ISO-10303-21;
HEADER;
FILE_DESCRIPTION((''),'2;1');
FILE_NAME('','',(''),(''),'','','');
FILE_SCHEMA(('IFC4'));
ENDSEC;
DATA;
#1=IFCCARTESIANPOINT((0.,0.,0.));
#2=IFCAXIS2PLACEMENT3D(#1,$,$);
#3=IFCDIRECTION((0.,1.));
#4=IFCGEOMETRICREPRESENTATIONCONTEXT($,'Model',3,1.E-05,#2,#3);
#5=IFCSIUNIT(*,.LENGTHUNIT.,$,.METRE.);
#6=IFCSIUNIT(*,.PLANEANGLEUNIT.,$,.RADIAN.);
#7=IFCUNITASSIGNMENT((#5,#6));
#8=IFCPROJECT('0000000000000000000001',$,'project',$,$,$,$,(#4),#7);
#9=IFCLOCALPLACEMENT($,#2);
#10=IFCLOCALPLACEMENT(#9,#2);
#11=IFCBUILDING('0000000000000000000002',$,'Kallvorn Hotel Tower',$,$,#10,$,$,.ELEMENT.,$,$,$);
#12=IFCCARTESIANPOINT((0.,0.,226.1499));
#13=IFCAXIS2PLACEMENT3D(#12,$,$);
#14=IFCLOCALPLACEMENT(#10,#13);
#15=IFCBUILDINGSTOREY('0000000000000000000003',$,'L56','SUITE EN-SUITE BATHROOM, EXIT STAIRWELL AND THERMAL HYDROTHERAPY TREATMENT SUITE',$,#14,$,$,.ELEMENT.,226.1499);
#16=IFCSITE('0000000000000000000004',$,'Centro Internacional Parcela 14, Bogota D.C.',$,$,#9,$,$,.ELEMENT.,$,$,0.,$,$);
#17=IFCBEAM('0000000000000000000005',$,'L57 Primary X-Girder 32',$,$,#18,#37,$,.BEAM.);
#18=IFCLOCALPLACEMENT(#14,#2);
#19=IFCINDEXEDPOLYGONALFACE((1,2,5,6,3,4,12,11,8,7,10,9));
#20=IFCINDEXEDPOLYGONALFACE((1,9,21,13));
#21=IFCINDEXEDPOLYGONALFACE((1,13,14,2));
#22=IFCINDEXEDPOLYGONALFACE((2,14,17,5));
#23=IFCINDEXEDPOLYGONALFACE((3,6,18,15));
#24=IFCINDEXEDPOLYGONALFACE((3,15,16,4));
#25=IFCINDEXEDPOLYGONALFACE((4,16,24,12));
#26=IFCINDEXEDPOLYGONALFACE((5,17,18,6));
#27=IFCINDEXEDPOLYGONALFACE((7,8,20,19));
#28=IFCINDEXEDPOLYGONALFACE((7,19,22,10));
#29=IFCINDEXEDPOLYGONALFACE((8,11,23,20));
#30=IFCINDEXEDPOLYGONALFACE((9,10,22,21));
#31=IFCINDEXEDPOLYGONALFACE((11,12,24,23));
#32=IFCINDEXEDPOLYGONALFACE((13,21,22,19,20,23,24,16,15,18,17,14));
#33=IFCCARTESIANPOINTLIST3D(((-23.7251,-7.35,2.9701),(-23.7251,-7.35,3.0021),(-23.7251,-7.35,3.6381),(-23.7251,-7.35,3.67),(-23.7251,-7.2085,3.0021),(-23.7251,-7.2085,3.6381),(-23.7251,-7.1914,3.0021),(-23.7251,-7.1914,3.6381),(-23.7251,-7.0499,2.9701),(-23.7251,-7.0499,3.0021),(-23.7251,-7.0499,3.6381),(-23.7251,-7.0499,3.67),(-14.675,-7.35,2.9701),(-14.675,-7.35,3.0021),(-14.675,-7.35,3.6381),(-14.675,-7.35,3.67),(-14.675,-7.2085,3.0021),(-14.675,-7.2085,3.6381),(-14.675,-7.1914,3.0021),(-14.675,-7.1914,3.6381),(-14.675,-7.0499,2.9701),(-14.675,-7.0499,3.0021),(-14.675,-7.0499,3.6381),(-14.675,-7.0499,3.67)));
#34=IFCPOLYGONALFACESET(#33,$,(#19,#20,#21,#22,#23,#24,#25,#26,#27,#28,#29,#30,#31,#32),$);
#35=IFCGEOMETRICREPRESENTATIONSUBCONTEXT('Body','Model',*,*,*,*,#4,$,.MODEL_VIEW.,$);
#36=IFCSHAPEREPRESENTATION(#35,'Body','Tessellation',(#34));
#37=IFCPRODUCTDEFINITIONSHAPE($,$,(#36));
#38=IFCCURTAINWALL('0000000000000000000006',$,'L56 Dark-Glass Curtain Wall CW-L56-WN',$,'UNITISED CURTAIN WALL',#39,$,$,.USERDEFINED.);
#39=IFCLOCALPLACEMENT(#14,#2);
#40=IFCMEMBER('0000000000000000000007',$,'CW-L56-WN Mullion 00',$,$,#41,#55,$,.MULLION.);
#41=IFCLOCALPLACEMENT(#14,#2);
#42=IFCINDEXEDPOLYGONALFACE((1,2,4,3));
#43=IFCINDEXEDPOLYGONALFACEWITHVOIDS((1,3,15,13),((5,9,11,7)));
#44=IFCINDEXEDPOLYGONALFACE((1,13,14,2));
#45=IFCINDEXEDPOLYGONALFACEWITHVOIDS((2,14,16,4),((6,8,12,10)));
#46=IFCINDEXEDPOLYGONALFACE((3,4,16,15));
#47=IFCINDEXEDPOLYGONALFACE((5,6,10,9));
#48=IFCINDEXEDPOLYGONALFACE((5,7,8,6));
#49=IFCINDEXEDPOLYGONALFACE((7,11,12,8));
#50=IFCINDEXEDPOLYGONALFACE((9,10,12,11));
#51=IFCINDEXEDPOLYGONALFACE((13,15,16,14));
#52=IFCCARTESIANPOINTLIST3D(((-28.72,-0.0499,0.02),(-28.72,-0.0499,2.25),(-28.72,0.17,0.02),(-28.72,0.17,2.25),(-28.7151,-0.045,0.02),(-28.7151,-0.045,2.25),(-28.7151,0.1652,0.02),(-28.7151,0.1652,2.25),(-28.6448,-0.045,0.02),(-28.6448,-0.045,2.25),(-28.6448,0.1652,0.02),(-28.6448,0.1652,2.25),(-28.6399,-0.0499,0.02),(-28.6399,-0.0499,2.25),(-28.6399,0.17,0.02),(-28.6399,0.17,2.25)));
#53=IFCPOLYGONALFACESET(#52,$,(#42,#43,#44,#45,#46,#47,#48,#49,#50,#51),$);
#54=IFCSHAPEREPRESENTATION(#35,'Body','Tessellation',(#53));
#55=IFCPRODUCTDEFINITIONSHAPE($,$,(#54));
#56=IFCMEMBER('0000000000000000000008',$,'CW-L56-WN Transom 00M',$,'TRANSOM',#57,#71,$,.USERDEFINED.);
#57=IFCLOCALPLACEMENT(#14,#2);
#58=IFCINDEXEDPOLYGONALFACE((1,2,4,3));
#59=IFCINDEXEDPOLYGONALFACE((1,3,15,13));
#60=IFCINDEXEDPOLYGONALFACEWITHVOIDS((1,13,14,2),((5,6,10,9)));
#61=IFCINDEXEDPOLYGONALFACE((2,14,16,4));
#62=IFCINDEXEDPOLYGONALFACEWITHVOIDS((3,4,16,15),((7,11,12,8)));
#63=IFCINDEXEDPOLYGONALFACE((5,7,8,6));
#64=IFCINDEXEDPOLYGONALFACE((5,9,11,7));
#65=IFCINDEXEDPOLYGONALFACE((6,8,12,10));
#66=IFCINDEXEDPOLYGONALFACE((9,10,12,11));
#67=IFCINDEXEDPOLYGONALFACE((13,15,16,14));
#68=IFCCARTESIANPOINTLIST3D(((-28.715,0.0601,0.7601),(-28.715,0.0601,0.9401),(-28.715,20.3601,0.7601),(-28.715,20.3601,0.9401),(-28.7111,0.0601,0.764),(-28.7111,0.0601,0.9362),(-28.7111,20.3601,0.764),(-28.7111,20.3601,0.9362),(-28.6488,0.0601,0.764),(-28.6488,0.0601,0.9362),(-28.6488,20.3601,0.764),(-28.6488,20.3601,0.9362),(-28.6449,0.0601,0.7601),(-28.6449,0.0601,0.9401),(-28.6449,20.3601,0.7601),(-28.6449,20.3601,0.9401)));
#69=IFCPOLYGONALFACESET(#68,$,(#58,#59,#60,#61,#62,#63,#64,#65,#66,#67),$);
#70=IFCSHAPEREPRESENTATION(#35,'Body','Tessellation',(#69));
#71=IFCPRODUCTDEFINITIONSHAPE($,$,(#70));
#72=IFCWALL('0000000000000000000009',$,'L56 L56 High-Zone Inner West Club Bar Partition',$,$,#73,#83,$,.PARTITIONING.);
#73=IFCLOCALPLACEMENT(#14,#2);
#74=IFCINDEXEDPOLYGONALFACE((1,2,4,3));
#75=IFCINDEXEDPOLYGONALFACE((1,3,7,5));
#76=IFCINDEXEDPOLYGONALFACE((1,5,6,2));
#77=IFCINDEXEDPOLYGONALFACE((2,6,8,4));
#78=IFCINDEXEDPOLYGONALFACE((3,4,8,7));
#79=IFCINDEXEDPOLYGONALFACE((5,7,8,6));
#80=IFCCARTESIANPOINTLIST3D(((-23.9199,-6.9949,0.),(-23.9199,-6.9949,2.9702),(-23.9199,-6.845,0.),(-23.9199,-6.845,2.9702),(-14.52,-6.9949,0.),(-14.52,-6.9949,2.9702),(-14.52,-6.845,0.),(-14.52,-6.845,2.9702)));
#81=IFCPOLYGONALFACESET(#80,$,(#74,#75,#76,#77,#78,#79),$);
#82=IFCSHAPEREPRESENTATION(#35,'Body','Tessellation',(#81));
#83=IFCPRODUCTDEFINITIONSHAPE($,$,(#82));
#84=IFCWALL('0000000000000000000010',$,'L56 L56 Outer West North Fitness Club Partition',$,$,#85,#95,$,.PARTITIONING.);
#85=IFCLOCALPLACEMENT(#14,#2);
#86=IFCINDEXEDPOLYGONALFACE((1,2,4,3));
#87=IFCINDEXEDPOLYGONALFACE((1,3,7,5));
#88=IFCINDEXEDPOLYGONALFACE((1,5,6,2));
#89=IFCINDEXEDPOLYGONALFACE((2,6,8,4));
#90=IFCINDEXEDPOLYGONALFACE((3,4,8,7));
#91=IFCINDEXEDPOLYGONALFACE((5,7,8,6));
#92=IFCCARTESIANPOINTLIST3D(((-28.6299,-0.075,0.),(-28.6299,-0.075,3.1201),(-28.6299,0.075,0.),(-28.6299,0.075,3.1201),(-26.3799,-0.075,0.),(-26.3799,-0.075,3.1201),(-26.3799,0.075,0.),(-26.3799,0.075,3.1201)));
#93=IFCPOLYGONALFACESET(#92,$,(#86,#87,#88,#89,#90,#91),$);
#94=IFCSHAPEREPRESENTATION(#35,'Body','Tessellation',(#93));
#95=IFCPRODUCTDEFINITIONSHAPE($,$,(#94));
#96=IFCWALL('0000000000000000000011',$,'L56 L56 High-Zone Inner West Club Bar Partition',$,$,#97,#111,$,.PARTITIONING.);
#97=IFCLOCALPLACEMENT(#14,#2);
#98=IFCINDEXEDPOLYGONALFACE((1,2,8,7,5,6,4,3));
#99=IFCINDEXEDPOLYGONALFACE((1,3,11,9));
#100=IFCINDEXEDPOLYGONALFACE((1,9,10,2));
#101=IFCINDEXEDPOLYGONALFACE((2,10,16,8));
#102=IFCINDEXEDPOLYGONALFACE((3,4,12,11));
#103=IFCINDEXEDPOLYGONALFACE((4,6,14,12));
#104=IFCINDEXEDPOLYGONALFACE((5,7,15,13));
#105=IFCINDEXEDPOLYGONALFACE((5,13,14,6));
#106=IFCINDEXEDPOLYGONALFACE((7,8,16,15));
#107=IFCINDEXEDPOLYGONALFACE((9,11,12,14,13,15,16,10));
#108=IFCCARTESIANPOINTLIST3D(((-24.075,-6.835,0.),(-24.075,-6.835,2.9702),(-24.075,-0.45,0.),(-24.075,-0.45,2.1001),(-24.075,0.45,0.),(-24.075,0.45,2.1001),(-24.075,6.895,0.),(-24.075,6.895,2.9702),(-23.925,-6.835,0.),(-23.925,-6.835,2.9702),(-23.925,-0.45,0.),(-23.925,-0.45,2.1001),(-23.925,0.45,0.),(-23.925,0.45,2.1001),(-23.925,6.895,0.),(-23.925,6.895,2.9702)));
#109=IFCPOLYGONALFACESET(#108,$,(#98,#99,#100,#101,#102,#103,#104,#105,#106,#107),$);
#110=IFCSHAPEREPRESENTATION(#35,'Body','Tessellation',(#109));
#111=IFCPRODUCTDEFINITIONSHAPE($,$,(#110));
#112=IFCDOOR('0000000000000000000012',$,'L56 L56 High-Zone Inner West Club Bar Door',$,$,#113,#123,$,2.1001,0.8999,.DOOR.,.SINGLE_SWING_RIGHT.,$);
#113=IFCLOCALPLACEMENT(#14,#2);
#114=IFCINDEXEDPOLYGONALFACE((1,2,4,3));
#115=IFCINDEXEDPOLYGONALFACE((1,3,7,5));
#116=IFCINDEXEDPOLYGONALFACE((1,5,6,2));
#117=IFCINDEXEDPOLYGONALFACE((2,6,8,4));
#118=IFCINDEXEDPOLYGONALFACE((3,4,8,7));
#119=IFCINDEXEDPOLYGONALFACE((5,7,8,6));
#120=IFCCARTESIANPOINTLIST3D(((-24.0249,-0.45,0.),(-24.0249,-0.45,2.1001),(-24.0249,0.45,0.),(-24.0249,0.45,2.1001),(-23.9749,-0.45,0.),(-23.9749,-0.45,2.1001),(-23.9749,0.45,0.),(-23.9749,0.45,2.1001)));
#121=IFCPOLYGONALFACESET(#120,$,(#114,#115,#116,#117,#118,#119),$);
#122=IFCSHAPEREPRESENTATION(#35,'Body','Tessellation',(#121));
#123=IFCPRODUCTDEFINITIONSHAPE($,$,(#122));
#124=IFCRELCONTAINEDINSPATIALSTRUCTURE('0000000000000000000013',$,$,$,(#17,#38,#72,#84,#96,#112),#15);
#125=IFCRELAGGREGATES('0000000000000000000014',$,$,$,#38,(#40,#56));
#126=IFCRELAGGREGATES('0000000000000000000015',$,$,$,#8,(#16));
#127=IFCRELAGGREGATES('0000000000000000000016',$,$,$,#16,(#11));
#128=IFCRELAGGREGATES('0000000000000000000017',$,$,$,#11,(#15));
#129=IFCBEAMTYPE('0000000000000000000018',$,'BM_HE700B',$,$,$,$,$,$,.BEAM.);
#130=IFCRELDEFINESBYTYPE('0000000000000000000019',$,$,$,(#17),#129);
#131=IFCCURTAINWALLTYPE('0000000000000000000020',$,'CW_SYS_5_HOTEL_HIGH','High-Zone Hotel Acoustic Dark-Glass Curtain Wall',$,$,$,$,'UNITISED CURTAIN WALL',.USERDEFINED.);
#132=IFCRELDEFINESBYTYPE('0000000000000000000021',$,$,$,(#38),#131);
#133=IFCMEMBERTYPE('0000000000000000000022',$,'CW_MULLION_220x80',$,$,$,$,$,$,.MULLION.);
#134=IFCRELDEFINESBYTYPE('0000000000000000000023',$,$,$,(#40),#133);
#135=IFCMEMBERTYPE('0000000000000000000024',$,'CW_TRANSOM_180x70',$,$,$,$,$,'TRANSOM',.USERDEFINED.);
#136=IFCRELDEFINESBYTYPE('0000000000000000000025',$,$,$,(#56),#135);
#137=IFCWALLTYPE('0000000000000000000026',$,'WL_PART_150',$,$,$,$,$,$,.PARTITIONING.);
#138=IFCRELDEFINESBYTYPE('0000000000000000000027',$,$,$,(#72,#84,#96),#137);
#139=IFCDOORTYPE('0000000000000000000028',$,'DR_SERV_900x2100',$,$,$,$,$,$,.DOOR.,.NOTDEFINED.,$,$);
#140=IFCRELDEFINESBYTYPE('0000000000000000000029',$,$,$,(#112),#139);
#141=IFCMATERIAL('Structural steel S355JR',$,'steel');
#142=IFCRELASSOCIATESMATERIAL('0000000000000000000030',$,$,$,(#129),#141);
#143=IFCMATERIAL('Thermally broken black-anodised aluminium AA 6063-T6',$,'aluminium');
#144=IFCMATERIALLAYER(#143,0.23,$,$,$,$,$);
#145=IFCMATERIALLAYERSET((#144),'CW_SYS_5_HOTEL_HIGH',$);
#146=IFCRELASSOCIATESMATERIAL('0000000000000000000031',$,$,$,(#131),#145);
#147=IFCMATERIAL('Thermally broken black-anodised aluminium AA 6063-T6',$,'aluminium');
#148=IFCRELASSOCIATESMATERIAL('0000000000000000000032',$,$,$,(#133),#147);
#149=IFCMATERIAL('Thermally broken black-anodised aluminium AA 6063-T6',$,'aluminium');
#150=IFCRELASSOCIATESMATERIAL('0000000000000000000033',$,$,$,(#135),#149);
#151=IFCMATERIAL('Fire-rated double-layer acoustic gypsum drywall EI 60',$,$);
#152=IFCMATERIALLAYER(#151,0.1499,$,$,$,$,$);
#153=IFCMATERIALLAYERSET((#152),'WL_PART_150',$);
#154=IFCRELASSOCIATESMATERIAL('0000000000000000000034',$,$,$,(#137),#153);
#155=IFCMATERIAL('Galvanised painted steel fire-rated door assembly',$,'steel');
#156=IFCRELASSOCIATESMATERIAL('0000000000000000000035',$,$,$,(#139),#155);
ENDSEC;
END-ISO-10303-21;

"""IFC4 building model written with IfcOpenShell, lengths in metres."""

from ifc_helpers import new_model, si_unit, direction, frame, frame_2d, origin, origin_2d, place, context, subcontext, project, spatial, rectangle, hollow_rectangle, i_section, extrude, material, layer, layer_set, material_profile, profile_set, type_object, element, fill, aggregate, save


model = new_model("IFC4")

# Units and contexts
model_context = context("Model", 3, precision=1e-05, world=origin(), true_north=direction((0.0, 1.0)))
body_context = subcontext(model_context, "Body", "Model", "MODEL_VIEW")
ifc_project = project(units=[si_unit("LENGTHUNIT", "METRE"), si_unit("PLANEANGLEUNIT", "RADIAN")], contexts=[model_context])

# Site, building, storey
site_placement = place(None, origin())
site = spatial("IfcSite", under=ifc_project, at=site_placement, Name="Centro Internacional Parcela 14, Bogota D.C.", CompositionType="ELEMENT", RefElevation=0.0)
building_placement = place(site_placement, origin())
building = spatial("IfcBuilding", under=site, at=building_placement, Name="Kallvorn Hotel Tower", CompositionType="ELEMENT")
storey_placement = place(building_placement, frame((0.0, 0.0, 226.1499)))
storey = spatial("IfcBuildingStorey", under=building, at=storey_placement, Name="L56", Description="SUITE EN-SUITE BATHROOM, EXIT STAIRWELL AND THERMAL HYDROTHERAPY TREATMENT SUITE", CompositionType="ELEMENT", Elevation=226.1499)

# Beam
ifc_material_1 = material(Name="Structural steel S355JR", Category="steel")
ifc_material_profile_1 = material_profile(ifc_material_1, i_section(OverallWidth=0.3, OverallDepth=0.7, WebThickness=0.0171, FlangeThickness=0.032, at=origin_2d()), Name="HE 700 B")
ifc_profile_set_1 = profile_set([ifc_material_profile_1], Name="Structural steel S355JR")
beam_type_1 = type_object("IfcBeamType", Name="BM_HE700B", PredefinedType="BEAM", material=ifc_profile_set_1)
beam_1_placement = place(storey_placement, frame((-23.7251, -7.2, 3.3201), z_axis=(1.0, 0.0, 0.0), x_axis=(0.0, 1.0, 0.0)))
element("IfcBeam", 1, at=beam_1_placement, inside=storey, type_object=beam_type_1, Name="L57 Primary X-Girder 32", PredefinedType="BEAM", context=body_context, shape_type="SweptSolid", body=[
    extrude(i_section(OverallWidth=0.3, OverallDepth=0.7, WebThickness=0.0171, FlangeThickness=0.032, at=origin_2d()), origin(), (0.0, 0.0, 1.0), 9.05),
])

# Curtain wall, members
ifc_material_2 = material(Name="Thermally broken black-anodised aluminium AA 6063-T6", Category="aluminium")
ifc_layer_1 = layer(ifc_material_2, 0.23)
ifc_layer_set_1 = layer_set([ifc_layer_1], Name="CW_SYS_5_HOTEL_HIGH")
curtain_wall_type = type_object("IfcCurtainWallType", Name="CW_SYS_5_HOTEL_HIGH", Description="High-Zone Hotel Acoustic Dark-Glass Curtain Wall", ElementType="UNITISED CURTAIN WALL", PredefinedType="USERDEFINED", material=ifc_layer_set_1)
curtain_wall_placement = place(storey_placement, origin())
curtain_wall = element("IfcCurtainWall", 2, at=curtain_wall_placement, inside=storey, type_object=curtain_wall_type, Name="L56 Dark-Glass Curtain Wall CW-L56-WN", ObjectType="UNITISED CURTAIN WALL", PredefinedType="USERDEFINED")
ifc_material_3 = material(Name="Thermally broken black-anodised aluminium AA 6063-T6", Category="aluminium")
ifc_material_profile_2 = material_profile(ifc_material_3, hollow_rectangle(XDim=0.0801, YDim=0.22, WallThickness=0.0049, at=origin_2d()), Name="MUL 220x80")
ifc_profile_set_2 = profile_set([ifc_material_profile_2], Name="Thermally broken black-anodised aluminium AA 6063-T6")
member_type_1 = type_object("IfcMemberType", Name="CW_MULLION_220x80", PredefinedType="MULLION", material=ifc_profile_set_2)
member_1_placement = place(storey_placement, frame((-28.6799, 0.0601, 0.02), z_axis=(0.0, 0.0, 1.0), x_axis=(1.0, 0.0, 0.0)))
member_1 = element("IfcMember", 3, at=member_1_placement, type_object=member_type_1, Name="CW-L56-WN Mullion 00", PredefinedType="MULLION", context=body_context, shape_type="SweptSolid", body=[
    extrude(hollow_rectangle(XDim=0.0801, YDim=0.22, WallThickness=0.0049, at=origin_2d()), origin(), (0.0, 0.0, 1.0), 2.23),
])
ifc_material_4 = material(Name="Thermally broken black-anodised aluminium AA 6063-T6", Category="aluminium")
ifc_material_profile_3 = material_profile(ifc_material_4, hollow_rectangle(XDim=0.0701, YDim=0.1799, WallThickness=0.0039, at=origin_2d()), Name="TRN 180x70")
ifc_profile_set_3 = profile_set([ifc_material_profile_3], Name="Thermally broken black-anodised aluminium AA 6063-T6")
member_type_2 = type_object("IfcMemberType", Name="CW_TRANSOM_180x70", ElementType="TRANSOM", PredefinedType="USERDEFINED", material=ifc_profile_set_3)
member_2_placement = place(storey_placement, frame((-28.6799, 0.0601, 0.8501), z_axis=(0.0, 1.0, 0.0), x_axis=(-1.0, 0.0, 0.0)))
member_2 = element("IfcMember", 4, at=member_2_placement, type_object=member_type_2, Name="CW-L56-WN Transom 00M", ObjectType="TRANSOM", PredefinedType="USERDEFINED", context=body_context, shape_type="SweptSolid", body=[
    extrude(hollow_rectangle(XDim=0.0701, YDim=0.1799, WallThickness=0.0039, at=origin_2d()), origin(), (0.0, 0.0, 1.0), 20.3),
])
aggregate(curtain_wall, [member_1, member_2])

# Walls
ifc_material_5 = material(Name="Fire-rated double-layer acoustic gypsum drywall EI 60")
ifc_layer_2 = layer(ifc_material_5, 0.1499)
ifc_layer_set_2 = layer_set([ifc_layer_2], Name="WL_PART_150")
wall_type = type_object("IfcWallType", Name="WL_PART_150", PredefinedType="PARTITIONING", material=ifc_layer_set_2)
wall_1_placement = place(storey_placement, frame((-23.9199, -6.9199, 0.0), z_axis=(0.0, 0.0, 1.0), x_axis=(1.0, 0.0, 0.0)))
element("IfcWall", 5, at=wall_1_placement, inside=storey, type_object=wall_type, Name="L56 L56 High-Zone Inner West Club Bar Partition", PredefinedType="PARTITIONING", context=body_context, shape_type="SweptSolid", body=[
    extrude(rectangle(XDim=9.3999, YDim=0.1499, at=frame_2d((4.7, 0.0))), origin(), (0.0, 0.0, 1.0), 2.9702),
])
wall_2_placement = place(storey_placement, frame((-28.6299, 0.0, 0.0), z_axis=(0.0, 0.0, 1.0), x_axis=(1.0, 0.0, 0.0)))
element("IfcWall", 6, at=wall_2_placement, inside=storey, type_object=wall_type, Name="L56 L56 Outer West North Fitness Club Partition", PredefinedType="PARTITIONING", context=body_context, shape_type="SweptSolid", body=[
    extrude(rectangle(XDim=2.25, YDim=0.1499, at=frame_2d((1.125, 0.0))), origin(), (0.0, 0.0, 1.0), 3.1201),
])

# Wall, opening, door
wall_3_placement = place(storey_placement, frame((-24.0, -6.835, 0.0), z_axis=(0.0, 0.0, 1.0), x_axis=(0.0, 1.0, 0.0)))
wall_3 = element("IfcWall", 7, at=wall_3_placement, inside=storey, type_object=wall_type, Name="L56 L56 High-Zone Inner West Club Bar Partition", PredefinedType="PARTITIONING", context=body_context, shape_type="SweptSolid", body=[
    extrude(rectangle(XDim=13.73, YDim=0.1499, at=frame_2d((6.865, 0.0))), origin(), (0.0, 0.0, 1.0), 2.9702),
])
opening_placement = place(wall_3_placement, frame((6.385, 0.0, 0.0)))
opening = element("IfcOpeningElement", 8, at=opening_placement, cuts=wall_3, PredefinedType="OPENING", context=body_context, shape_type="SweptSolid", body=[
    extrude(rectangle(XDim=0.8999, YDim=2.1001, at=frame_2d((0.45, 1.05))), frame((0.0, 0.0898, 0.0), z_axis=(0.0, -1.0, 0.0), x_axis=(1.0, 0.0, 0.0)), (0.0, 0.0, 1.0), 0.1799),
])
ifc_material_6 = material(Name="Galvanised painted steel fire-rated door assembly", Category="steel")
door_type = type_object("IfcDoorType", Name="DR_SERV_900x2100", OperationType="NOTDEFINED", PredefinedType="DOOR", material=ifc_material_6)
door_placement = place(opening_placement, origin())
door = element("IfcDoor", 9, at=door_placement, inside=storey, type_object=door_type, Name="L56 L56 High-Zone Inner West Club Bar Door", OperationType="SINGLE_SWING_RIGHT", OverallHeight=2.1001, OverallWidth=0.8999, PredefinedType="DOOR", context=body_context, shape_type="SweptSolid", body=[
    extrude(rectangle(XDim=0.8999, YDim=2.1001, at=frame_2d((0.45, 1.05))), frame((0.0, 0.0249, 0.0), z_axis=(0.0, -1.0, 0.0), x_axis=(1.0, 0.0, 0.0)), (0.0, 0.0, 1.0), 0.05),
])
fill(opening, door)

save(model, "model.ifc")
